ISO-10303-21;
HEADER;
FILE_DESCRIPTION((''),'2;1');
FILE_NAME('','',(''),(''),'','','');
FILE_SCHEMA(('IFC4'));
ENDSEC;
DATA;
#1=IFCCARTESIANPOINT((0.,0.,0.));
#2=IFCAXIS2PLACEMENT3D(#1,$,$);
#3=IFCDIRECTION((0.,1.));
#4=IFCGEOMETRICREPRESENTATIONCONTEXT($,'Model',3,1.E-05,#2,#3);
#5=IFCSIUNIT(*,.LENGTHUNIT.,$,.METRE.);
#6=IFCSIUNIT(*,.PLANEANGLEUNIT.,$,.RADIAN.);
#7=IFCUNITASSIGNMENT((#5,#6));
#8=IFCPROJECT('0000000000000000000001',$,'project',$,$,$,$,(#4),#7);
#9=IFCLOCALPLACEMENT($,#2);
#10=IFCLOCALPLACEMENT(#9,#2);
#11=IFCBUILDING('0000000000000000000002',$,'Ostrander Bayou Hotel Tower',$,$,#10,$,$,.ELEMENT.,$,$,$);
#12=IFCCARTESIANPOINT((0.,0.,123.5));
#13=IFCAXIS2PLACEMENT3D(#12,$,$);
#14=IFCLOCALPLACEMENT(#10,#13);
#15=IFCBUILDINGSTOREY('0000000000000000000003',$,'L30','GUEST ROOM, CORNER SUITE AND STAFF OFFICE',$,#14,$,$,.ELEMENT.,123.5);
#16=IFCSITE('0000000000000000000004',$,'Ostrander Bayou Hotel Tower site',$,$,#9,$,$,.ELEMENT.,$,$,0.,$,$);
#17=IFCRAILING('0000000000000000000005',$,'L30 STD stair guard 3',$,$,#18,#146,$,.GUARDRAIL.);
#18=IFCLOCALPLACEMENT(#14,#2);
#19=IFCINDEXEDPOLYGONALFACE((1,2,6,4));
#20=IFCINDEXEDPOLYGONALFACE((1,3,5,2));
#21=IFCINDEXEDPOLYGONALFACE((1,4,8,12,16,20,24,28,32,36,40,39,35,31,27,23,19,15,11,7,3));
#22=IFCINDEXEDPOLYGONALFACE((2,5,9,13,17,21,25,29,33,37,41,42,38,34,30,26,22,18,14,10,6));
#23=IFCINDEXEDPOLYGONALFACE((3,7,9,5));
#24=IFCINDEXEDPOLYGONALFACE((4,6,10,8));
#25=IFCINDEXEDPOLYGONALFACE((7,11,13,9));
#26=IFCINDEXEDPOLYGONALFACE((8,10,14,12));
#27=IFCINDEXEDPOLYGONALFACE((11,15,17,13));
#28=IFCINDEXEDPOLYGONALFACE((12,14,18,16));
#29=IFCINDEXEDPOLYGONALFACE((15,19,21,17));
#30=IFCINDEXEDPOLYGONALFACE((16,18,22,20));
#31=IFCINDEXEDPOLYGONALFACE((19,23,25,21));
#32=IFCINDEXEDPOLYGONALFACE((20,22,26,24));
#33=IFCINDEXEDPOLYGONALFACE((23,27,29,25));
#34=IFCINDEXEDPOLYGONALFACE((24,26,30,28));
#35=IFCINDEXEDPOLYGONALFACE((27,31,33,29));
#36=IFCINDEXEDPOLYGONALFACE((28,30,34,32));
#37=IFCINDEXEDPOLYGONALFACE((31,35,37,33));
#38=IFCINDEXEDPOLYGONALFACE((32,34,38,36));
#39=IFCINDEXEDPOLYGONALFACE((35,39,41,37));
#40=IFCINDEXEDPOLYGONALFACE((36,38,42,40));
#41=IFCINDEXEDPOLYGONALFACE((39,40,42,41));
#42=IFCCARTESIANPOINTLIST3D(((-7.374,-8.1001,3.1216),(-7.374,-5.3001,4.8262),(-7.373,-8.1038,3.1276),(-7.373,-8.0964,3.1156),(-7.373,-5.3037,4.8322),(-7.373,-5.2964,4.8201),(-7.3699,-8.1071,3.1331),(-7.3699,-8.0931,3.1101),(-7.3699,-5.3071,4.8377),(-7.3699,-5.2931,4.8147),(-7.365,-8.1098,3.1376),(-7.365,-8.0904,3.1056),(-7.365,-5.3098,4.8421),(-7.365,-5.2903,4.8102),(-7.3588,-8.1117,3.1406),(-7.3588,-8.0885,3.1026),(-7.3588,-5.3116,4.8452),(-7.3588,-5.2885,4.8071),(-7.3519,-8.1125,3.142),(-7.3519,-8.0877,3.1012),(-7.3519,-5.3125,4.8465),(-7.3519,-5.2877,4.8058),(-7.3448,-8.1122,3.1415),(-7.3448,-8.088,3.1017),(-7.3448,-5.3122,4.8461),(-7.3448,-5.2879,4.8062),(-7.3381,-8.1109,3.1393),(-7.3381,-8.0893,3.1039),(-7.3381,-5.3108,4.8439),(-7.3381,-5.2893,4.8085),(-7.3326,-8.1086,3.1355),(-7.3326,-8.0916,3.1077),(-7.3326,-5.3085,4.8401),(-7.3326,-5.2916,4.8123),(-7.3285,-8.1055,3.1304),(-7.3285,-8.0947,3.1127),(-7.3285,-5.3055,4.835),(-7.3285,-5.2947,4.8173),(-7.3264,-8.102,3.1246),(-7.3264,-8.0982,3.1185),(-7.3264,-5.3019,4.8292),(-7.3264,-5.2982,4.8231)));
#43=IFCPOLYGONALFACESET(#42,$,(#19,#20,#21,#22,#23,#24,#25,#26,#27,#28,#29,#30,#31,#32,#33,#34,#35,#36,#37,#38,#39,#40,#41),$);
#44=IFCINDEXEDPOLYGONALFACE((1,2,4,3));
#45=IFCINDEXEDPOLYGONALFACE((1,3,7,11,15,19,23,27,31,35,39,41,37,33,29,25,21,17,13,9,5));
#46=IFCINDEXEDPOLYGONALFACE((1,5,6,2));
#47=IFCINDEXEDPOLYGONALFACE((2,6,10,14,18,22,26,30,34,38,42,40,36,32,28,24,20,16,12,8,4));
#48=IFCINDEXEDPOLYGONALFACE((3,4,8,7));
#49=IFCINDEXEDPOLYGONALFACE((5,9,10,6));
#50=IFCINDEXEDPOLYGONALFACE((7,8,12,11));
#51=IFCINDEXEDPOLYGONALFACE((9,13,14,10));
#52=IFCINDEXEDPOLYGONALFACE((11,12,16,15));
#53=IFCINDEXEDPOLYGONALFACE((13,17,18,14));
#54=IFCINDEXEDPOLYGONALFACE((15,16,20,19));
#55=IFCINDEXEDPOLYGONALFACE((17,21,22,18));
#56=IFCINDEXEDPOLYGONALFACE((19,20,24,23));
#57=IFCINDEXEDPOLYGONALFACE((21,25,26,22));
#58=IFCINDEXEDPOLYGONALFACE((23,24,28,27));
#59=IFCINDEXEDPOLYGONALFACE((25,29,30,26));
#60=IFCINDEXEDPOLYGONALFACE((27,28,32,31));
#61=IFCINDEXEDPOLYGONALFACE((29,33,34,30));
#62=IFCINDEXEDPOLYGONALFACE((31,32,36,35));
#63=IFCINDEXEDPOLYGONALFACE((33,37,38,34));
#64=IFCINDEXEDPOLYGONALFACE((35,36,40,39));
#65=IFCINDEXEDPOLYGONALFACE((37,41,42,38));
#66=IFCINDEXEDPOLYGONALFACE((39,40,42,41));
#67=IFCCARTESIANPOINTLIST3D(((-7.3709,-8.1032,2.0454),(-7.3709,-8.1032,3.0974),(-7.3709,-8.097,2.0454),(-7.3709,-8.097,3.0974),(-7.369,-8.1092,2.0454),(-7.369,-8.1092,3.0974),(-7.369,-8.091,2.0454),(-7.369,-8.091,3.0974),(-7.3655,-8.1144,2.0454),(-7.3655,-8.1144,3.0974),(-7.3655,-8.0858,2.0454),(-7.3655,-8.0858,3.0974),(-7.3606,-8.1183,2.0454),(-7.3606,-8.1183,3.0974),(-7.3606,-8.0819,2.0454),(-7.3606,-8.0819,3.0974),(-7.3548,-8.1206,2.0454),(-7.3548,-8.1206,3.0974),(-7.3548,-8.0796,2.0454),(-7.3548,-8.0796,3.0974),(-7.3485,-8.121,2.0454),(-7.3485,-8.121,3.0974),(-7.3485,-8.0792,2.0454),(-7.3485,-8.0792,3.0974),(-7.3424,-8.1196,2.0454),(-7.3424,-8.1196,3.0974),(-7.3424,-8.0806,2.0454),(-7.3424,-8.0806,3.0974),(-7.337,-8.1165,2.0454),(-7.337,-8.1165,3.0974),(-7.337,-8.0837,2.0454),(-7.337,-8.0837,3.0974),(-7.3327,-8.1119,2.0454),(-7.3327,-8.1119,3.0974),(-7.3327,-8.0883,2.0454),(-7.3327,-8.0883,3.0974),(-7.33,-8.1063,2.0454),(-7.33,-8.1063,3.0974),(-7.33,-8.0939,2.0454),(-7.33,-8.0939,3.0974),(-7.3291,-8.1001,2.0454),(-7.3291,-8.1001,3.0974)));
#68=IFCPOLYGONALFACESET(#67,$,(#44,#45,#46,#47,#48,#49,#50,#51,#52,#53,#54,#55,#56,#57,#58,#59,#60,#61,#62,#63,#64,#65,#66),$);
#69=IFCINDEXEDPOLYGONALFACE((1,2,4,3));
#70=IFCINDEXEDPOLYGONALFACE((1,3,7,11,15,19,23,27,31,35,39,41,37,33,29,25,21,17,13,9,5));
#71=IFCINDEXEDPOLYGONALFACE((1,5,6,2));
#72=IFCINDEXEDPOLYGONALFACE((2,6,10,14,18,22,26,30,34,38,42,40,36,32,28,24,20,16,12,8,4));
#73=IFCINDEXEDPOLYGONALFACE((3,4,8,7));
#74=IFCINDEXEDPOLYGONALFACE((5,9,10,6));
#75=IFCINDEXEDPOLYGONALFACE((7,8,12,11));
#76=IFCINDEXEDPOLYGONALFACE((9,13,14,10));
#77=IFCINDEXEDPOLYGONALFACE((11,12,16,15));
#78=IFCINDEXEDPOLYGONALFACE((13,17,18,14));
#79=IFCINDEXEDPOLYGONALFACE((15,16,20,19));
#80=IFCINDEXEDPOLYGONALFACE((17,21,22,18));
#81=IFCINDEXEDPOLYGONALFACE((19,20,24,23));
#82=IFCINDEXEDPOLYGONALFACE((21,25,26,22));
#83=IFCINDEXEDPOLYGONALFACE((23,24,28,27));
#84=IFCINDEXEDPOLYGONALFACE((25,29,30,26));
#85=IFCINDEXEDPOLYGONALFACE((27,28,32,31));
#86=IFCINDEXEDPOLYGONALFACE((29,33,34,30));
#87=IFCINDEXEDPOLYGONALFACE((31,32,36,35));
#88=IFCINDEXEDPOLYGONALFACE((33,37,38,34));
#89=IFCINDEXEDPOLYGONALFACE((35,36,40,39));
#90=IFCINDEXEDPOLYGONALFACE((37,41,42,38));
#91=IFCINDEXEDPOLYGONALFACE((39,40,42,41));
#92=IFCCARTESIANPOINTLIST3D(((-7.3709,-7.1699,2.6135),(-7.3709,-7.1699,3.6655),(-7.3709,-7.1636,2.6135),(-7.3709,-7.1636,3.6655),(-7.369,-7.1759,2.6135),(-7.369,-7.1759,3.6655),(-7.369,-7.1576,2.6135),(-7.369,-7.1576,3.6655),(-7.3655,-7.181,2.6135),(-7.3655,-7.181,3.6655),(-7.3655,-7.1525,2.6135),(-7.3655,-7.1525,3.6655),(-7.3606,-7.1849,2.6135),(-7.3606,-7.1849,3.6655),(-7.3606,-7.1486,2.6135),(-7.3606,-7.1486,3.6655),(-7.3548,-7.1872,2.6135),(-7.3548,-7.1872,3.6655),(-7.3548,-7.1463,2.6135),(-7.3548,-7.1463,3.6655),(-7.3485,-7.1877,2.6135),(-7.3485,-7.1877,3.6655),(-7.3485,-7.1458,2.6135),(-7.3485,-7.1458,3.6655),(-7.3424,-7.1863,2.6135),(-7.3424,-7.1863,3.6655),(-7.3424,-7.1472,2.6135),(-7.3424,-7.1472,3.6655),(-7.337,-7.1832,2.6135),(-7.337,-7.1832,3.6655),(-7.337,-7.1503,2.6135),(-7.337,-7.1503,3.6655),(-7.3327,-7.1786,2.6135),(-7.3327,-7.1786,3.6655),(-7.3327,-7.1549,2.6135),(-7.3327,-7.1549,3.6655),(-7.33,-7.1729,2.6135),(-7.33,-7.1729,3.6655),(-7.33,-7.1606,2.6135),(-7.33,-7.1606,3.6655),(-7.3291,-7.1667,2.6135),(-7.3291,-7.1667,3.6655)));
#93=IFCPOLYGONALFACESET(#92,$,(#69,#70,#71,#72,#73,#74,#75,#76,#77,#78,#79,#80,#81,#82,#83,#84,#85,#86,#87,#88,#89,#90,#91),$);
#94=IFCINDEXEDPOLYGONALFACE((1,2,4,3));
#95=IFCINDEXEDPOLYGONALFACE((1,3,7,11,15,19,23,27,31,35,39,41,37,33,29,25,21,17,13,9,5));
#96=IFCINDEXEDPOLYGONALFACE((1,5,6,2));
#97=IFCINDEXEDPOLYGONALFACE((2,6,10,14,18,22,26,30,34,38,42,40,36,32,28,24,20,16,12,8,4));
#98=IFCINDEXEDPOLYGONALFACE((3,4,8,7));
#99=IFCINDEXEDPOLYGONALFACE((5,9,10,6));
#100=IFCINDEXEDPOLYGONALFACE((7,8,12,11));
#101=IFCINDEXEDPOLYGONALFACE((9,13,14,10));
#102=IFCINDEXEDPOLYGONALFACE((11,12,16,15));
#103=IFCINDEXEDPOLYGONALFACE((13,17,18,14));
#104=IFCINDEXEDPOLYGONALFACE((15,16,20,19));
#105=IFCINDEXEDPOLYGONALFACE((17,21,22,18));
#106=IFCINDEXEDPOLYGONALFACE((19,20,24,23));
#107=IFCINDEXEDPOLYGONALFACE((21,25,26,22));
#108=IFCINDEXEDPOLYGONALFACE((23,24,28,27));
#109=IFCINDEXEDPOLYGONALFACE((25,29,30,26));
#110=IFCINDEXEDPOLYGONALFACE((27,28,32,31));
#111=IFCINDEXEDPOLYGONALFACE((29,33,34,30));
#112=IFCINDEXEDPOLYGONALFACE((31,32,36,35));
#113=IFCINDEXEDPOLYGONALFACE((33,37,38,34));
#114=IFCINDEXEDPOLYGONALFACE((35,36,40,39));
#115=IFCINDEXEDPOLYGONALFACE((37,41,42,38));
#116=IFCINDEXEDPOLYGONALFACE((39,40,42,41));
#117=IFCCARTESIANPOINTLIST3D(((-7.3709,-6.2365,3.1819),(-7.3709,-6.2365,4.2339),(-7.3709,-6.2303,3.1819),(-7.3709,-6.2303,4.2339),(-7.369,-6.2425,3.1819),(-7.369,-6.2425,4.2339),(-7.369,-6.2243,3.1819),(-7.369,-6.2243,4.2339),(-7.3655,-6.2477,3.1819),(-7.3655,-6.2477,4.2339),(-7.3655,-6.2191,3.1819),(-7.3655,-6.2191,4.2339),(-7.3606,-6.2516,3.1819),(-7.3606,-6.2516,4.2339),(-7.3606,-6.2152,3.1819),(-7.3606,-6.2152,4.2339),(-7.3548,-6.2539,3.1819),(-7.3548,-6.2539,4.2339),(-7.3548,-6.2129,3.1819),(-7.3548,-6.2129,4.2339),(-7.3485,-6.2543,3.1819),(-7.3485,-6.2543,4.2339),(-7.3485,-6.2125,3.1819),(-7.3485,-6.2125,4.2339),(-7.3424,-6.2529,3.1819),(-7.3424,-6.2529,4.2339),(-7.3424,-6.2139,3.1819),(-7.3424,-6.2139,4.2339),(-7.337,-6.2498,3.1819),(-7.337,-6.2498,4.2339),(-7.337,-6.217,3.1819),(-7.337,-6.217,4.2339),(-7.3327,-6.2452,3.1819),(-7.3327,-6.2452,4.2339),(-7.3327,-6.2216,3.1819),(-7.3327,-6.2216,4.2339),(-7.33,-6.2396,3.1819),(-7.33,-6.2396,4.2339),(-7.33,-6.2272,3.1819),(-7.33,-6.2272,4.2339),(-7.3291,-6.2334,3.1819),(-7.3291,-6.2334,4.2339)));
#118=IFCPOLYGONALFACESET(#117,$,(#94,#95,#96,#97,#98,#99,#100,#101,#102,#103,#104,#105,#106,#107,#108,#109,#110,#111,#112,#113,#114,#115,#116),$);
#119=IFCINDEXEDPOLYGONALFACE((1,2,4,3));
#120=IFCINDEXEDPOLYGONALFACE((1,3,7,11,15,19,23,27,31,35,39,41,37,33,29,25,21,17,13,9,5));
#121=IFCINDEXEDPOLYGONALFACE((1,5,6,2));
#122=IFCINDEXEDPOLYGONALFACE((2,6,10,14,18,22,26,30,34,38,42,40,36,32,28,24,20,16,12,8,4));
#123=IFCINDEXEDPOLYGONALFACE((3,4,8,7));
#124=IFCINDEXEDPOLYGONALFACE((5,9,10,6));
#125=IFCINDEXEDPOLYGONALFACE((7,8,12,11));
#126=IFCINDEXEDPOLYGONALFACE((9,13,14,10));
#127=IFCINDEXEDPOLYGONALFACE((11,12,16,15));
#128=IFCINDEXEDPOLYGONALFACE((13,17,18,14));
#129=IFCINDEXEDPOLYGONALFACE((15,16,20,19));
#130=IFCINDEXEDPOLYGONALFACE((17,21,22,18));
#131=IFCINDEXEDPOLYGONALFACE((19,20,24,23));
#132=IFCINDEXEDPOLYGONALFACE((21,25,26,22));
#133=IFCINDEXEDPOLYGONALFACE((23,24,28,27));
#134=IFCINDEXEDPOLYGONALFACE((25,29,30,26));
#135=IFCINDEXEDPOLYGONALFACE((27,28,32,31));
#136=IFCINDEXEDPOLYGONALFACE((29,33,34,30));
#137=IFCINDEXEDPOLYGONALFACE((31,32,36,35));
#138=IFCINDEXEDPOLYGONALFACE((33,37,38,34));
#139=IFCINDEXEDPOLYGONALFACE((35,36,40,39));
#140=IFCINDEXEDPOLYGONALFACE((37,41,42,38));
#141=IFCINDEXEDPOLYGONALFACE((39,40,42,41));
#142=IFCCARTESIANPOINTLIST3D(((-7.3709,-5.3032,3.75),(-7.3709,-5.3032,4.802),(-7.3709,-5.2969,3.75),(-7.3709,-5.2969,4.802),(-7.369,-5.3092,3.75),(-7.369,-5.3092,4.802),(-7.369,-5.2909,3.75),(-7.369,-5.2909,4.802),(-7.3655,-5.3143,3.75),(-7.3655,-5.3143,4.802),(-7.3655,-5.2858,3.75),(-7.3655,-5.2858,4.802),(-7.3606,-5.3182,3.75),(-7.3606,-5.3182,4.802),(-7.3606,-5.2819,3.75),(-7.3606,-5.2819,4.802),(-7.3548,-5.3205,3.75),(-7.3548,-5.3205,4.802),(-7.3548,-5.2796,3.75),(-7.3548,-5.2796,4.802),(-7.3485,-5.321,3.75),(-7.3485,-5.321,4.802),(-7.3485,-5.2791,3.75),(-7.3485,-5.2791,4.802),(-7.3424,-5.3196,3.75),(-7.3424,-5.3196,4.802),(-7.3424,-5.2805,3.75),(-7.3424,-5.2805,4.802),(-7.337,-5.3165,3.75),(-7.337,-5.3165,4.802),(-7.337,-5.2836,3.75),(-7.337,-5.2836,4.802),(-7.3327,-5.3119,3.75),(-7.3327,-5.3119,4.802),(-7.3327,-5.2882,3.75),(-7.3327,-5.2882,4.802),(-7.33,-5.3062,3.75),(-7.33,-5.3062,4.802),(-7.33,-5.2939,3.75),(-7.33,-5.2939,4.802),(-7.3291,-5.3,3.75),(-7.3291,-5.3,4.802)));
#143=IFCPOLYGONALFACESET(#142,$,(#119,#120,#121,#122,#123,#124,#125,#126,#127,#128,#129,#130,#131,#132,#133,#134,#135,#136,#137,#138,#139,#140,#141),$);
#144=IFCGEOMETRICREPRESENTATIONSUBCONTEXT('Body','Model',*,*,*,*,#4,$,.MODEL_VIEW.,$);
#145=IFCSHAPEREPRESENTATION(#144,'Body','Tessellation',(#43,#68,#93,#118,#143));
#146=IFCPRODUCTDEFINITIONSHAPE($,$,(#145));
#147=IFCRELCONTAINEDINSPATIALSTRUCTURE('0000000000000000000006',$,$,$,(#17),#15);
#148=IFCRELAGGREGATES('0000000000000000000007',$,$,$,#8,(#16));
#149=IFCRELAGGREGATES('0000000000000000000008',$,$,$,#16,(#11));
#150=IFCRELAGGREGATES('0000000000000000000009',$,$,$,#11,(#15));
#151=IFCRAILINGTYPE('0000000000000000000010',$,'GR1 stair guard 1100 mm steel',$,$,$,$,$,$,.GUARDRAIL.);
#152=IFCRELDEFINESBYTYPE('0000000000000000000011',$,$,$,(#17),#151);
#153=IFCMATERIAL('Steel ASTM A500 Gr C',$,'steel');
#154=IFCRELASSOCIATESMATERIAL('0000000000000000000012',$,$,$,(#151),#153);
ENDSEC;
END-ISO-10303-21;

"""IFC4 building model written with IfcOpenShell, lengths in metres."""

from ifc_helpers import new_model, si_unit, direction, frame, origin, origin_2d, place, context, subcontext, project, spatial, circle, extrude, material, type_object, element, save


model = new_model("IFC4")

# Units and contexts
model_context = context("Model", 3, precision=1e-05, world=origin(), true_north=direction((0.0, 1.0)))
body_context = subcontext(model_context, "Body", "Model", "MODEL_VIEW")
ifc_project = project(units=[si_unit("LENGTHUNIT", "METRE"), si_unit("PLANEANGLEUNIT", "RADIAN")], contexts=[model_context])

# Site, building, storey
site_placement = place(None, origin())
site = spatial("IfcSite", under=ifc_project, at=site_placement, Name="Ostrander Bayou Hotel Tower site", CompositionType="ELEMENT", RefElevation=0.0)
building_placement = place(site_placement, origin())
building = spatial("IfcBuilding", under=site, at=building_placement, Name="Ostrander Bayou Hotel Tower", CompositionType="ELEMENT")
storey_placement = place(building_placement, frame((0.0, 0.0, 123.5)))
storey = spatial("IfcBuildingStorey", under=building, at=storey_placement, Name="L30", Description="GUEST ROOM, CORNER SUITE AND STAFF OFFICE", CompositionType="ELEMENT", Elevation=123.5)

# Railing
ifc_material_1 = material(Name="Steel ASTM A500 Gr C", Category="steel")
railing_type_1 = type_object("IfcRailingType", Name="GR1 stair guard 1100 mm steel", PredefinedType="GUARDRAIL", material=ifc_material_1)
railing_1_placement = place(storey_placement, frame((-7.3501, -8.1001, 2.0454)))
element("IfcRailing", 1, at=railing_1_placement, inside=storey, type_object=railing_type_1, Name="L30 STD stair guard 3", PredefinedType="GUARDRAIL", context=body_context, shape_type="SweptSolid", body=[
    extrude(circle(Radius=0.0239, at=origin_2d()), frame((0.0, 0.0, 1.0762), z_axis=(0.0, 0.85417, 0.519994), x_axis=(-1.0, 0.0, 0.0)), (0.0, 0.0, 1.0), 3.2781),
    extrude(circle(Radius=0.021, at=origin_2d()), origin(), (0.0, 0.0, 1.0), 1.052),
    extrude(circle(Radius=0.021, at=origin_2d()), frame((0.0, 0.9333, 0.5681)), (0.0, 0.0, 1.0), 1.052),
    extrude(circle(Radius=0.021, at=origin_2d()), frame((0.0, 1.8667, 1.1365)), (0.0, 0.0, 1.0), 1.052),
    extrude(circle(Radius=0.021, at=origin_2d()), frame((0.0, 2.8, 1.7046)), (0.0, 0.0, 1.0), 1.052),
])

save(model, "model.ifc")
